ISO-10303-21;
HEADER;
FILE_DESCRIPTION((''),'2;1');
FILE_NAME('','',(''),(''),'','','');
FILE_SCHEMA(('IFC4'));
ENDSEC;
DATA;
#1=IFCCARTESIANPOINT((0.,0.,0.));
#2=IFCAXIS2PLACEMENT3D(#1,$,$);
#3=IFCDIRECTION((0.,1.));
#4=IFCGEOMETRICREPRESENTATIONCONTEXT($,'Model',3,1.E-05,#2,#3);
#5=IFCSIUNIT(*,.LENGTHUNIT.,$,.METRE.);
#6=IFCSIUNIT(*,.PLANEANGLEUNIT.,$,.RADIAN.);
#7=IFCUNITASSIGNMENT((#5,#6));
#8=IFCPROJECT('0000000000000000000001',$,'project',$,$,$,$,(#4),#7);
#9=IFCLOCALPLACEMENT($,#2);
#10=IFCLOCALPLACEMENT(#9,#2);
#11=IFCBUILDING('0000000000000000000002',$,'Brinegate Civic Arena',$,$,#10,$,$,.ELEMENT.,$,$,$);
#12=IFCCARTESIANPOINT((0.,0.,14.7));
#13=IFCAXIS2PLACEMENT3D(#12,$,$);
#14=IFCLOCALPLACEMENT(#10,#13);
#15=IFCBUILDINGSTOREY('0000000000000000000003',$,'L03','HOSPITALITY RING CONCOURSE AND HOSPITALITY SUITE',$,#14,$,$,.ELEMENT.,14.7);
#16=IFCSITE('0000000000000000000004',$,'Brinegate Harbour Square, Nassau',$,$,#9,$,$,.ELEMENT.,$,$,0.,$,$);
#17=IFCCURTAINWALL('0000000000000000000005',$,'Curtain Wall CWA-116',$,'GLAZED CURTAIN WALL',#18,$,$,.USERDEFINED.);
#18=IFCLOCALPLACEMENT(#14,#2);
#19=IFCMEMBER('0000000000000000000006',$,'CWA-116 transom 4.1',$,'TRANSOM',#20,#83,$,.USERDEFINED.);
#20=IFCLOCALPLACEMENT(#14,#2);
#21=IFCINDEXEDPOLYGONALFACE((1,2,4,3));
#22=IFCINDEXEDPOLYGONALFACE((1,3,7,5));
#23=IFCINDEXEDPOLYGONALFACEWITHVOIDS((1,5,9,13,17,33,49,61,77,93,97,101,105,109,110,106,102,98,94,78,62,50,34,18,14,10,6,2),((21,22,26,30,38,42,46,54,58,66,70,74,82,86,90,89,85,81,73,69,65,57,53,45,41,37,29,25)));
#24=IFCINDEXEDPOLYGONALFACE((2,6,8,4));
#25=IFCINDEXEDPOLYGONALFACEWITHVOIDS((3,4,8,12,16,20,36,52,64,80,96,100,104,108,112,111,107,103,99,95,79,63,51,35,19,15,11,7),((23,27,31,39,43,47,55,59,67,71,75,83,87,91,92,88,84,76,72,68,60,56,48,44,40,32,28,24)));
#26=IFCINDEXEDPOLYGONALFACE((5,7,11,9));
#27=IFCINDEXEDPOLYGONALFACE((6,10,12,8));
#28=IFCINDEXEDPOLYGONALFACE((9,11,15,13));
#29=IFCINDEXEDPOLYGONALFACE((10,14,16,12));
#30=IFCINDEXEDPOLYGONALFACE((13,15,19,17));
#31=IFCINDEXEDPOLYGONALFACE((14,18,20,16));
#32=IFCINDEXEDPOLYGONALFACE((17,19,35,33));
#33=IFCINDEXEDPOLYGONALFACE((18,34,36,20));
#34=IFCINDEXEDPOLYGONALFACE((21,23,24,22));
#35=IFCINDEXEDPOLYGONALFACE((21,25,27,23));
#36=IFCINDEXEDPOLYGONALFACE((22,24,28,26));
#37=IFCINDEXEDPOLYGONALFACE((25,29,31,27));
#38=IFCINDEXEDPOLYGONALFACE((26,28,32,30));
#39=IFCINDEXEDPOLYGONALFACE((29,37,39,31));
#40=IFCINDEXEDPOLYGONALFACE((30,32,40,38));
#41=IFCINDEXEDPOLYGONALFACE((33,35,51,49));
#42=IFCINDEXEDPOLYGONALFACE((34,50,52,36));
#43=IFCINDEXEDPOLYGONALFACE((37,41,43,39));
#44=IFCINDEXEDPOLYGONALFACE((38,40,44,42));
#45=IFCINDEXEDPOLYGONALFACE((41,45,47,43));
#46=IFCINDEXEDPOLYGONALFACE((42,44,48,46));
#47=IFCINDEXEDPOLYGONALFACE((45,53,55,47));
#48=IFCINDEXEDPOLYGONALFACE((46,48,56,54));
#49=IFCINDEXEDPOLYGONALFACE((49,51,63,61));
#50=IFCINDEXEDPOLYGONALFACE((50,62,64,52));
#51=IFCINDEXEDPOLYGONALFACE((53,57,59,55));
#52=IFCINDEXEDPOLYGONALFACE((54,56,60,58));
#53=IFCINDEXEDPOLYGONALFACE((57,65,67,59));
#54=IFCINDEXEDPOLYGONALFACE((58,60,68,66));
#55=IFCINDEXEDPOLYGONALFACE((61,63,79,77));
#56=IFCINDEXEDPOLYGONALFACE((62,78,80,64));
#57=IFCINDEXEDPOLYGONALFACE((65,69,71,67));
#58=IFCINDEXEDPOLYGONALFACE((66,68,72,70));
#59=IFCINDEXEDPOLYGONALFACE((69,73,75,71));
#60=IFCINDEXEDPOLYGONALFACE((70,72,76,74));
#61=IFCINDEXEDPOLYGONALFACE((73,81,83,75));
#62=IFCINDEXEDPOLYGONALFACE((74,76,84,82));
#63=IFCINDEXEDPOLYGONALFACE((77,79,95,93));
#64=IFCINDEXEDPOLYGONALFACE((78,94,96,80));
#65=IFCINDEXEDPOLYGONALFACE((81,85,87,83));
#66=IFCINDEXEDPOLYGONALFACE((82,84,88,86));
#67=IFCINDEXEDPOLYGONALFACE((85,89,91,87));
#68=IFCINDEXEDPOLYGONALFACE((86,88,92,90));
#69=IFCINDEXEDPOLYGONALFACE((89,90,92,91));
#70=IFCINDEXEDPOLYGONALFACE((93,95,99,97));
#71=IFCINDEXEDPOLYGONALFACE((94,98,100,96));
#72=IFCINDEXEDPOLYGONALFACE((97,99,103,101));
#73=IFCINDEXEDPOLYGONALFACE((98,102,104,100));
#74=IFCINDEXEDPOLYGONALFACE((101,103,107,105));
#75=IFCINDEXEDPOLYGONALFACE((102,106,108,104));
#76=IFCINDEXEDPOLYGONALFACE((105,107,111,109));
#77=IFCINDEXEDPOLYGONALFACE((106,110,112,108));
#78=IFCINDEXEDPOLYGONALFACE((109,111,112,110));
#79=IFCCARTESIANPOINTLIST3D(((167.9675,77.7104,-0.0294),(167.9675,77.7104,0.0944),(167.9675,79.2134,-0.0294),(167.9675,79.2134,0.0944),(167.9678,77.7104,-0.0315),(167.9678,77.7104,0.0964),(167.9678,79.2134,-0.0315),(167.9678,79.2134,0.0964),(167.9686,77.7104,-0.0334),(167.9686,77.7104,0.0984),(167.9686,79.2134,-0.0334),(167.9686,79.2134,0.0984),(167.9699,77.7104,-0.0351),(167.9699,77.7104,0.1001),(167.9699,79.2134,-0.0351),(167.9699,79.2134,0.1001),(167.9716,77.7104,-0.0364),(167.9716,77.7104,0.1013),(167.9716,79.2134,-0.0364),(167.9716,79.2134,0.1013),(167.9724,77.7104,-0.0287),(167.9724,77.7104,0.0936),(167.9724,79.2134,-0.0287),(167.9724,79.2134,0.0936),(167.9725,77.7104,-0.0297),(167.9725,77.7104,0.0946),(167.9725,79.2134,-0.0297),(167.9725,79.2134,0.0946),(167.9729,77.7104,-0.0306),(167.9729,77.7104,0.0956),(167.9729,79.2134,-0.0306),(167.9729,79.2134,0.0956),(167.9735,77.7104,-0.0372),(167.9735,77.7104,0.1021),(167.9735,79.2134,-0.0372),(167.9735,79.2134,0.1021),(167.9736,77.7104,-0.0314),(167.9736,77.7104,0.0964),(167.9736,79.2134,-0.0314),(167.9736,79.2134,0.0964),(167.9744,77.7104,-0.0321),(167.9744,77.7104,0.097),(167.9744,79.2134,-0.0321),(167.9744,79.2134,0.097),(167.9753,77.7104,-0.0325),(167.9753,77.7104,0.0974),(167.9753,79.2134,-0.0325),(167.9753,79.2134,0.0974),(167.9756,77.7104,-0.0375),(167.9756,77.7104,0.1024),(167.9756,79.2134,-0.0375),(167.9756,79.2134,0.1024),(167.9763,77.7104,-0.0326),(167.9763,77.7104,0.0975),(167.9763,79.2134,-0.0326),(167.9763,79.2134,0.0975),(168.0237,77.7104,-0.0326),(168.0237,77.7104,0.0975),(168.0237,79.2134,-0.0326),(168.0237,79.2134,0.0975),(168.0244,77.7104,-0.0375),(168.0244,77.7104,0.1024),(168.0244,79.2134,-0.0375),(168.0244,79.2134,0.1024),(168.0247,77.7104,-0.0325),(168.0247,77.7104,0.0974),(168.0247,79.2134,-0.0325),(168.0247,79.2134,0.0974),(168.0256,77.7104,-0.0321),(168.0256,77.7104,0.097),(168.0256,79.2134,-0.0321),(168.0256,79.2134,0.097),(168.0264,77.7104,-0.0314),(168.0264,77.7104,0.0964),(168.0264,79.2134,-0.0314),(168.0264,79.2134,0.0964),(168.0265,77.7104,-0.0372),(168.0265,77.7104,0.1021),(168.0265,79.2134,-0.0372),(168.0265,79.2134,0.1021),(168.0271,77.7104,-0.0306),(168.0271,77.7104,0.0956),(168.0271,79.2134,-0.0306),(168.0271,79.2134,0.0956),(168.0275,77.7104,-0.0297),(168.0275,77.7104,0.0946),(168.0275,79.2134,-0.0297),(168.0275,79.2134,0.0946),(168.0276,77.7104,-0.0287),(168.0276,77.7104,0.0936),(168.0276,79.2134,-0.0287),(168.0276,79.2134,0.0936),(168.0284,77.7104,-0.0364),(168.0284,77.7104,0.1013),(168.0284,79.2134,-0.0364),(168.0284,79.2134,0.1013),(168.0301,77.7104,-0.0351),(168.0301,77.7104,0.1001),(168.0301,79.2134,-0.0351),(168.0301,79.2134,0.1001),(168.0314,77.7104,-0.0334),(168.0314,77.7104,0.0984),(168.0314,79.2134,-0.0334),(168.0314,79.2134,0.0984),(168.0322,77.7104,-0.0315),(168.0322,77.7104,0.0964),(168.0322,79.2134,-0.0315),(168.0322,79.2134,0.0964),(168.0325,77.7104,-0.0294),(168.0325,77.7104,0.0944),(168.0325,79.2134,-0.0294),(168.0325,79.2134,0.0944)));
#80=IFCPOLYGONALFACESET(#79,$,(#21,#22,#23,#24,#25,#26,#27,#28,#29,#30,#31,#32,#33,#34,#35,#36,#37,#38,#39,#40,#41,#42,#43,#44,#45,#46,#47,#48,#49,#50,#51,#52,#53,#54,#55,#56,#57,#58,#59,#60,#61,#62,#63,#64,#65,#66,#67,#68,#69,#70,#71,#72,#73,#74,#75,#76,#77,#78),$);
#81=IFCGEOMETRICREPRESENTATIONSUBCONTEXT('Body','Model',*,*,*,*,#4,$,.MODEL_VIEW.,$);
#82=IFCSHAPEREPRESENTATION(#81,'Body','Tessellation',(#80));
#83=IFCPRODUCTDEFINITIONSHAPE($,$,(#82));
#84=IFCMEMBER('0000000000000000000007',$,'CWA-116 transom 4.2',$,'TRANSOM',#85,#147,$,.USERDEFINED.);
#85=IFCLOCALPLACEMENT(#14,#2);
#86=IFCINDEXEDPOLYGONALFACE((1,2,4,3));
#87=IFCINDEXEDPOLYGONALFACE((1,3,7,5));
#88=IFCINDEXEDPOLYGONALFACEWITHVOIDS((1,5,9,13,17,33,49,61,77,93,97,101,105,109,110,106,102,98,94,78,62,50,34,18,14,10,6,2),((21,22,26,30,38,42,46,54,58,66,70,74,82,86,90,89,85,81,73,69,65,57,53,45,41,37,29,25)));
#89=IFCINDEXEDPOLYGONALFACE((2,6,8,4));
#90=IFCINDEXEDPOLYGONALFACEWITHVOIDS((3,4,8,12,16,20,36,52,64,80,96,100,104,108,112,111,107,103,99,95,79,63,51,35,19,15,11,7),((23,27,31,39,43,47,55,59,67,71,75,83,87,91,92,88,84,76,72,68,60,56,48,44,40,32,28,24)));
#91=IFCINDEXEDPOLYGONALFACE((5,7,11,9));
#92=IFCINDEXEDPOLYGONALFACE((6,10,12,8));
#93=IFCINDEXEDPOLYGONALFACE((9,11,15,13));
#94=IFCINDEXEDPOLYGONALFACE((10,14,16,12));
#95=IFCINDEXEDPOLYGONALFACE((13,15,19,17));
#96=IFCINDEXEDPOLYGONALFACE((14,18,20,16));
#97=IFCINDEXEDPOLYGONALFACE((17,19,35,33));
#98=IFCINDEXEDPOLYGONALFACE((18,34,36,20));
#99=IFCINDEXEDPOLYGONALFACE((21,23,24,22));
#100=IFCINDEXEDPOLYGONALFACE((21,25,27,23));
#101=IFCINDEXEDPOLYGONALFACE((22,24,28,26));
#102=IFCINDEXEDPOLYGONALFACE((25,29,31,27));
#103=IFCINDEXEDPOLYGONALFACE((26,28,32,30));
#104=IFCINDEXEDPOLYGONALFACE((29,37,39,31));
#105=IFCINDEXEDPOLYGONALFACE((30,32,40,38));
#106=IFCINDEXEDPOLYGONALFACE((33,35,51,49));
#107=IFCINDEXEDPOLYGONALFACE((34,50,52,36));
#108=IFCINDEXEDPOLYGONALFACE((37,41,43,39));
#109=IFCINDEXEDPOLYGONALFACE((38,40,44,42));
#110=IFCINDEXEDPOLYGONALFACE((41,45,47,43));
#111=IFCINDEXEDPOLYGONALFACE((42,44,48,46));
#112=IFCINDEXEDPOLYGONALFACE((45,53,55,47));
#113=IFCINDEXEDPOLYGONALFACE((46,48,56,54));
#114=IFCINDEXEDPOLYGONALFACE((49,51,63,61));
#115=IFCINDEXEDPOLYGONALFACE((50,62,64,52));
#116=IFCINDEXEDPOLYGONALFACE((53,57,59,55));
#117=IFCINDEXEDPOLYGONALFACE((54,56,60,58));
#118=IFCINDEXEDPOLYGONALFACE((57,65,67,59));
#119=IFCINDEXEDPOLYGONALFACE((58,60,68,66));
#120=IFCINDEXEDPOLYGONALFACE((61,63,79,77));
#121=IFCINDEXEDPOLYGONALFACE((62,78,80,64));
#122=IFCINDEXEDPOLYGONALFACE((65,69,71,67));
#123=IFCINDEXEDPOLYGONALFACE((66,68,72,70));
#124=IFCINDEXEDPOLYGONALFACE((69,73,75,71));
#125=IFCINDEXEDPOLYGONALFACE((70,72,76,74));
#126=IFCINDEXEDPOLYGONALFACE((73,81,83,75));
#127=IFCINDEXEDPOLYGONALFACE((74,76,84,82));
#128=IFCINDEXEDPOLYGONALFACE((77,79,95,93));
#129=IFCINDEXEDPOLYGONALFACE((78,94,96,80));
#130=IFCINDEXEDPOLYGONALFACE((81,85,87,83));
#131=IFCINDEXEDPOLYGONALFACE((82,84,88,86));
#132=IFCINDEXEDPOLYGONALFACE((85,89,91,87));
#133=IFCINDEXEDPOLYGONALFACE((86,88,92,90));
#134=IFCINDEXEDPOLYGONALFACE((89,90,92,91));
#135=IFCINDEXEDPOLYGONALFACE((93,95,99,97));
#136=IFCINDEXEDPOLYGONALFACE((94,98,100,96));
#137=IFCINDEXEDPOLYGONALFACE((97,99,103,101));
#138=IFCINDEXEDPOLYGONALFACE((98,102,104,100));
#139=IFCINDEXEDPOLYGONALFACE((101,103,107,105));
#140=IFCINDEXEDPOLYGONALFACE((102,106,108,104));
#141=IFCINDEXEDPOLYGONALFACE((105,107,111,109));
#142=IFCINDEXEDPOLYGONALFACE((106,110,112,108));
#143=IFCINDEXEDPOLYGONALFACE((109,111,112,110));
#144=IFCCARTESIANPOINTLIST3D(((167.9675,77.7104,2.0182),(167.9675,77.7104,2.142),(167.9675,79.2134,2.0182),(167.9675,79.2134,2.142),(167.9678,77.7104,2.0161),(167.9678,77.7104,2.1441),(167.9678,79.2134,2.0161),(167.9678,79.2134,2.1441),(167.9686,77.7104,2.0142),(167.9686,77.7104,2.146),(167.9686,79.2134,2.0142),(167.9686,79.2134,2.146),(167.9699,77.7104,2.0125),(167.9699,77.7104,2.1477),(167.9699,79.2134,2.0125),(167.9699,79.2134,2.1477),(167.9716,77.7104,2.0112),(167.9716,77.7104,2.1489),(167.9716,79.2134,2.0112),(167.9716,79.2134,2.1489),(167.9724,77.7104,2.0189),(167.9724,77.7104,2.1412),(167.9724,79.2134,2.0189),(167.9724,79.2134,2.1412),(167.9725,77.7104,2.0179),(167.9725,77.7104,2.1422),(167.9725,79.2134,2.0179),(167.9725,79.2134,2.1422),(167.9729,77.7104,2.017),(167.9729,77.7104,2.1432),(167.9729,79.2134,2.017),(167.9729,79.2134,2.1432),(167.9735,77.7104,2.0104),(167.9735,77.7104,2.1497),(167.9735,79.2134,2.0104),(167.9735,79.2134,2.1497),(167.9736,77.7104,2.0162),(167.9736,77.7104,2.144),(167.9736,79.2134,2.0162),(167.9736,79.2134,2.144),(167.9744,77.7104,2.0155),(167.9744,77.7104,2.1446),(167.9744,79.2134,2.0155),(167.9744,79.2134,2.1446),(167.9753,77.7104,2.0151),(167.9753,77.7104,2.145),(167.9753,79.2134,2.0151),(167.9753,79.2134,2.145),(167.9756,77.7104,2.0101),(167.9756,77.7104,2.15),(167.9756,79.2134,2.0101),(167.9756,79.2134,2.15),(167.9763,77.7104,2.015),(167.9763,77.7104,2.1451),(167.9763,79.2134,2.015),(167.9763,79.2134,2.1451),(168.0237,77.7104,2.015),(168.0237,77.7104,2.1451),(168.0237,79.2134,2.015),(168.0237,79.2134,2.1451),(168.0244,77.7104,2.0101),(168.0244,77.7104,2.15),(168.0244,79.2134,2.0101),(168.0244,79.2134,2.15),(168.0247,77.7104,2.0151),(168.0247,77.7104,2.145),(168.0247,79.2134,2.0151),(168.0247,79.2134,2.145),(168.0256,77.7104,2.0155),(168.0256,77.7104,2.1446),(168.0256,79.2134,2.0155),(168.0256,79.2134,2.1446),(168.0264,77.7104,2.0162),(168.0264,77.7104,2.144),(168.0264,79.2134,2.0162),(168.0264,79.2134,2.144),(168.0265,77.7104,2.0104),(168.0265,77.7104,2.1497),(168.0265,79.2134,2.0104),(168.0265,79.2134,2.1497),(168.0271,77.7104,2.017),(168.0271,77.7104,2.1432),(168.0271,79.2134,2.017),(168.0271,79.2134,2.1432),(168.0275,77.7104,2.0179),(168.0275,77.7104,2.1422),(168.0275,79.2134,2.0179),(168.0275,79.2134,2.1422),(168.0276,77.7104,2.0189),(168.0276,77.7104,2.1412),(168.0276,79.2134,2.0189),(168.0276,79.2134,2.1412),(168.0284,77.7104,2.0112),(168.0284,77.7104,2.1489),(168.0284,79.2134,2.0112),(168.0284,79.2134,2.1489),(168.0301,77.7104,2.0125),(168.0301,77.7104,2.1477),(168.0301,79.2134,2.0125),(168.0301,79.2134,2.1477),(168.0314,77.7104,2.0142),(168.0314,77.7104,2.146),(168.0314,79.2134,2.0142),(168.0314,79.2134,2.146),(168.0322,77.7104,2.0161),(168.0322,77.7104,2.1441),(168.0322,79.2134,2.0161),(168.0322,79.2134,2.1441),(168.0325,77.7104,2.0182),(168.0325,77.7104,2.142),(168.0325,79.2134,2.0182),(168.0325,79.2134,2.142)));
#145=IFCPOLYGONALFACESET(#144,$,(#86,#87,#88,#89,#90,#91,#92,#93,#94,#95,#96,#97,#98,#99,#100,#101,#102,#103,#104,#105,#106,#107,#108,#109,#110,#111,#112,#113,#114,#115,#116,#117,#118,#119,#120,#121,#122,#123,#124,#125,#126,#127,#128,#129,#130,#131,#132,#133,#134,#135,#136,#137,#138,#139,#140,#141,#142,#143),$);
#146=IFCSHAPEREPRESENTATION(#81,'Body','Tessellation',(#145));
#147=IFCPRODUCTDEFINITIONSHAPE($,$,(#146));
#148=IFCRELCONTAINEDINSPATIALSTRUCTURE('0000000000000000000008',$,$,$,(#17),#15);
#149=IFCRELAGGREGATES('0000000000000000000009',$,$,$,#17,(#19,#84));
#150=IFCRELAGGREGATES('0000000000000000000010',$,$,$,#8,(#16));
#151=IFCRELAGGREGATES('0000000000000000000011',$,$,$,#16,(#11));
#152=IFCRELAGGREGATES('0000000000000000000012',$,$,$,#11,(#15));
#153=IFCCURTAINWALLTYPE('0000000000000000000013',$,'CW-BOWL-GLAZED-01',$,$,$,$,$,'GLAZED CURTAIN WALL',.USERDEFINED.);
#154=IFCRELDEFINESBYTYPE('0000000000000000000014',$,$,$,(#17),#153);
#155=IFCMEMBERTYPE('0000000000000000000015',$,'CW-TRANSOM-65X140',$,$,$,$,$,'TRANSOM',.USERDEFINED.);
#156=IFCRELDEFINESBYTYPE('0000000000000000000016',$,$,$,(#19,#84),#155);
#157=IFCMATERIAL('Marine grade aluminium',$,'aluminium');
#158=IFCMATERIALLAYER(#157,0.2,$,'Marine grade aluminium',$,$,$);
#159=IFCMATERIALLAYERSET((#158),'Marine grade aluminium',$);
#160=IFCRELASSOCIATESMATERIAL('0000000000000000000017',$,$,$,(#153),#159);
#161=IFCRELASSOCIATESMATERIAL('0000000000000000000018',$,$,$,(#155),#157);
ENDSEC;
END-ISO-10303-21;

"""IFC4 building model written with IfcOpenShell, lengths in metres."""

from ifc_helpers import new_model, si_unit, direction, frame, origin, origin_2d, place, context, subcontext, project, spatial, hollow_rectangle, extrude, material, layer, layer_set, material_profile, profile_set, type_object, element, aggregate, save


model = new_model("IFC4")

# Units and contexts
model_context = context("Model", 3, precision=1e-05, world=origin(), true_north=direction((0.0, 1.0)))
body_context = subcontext(model_context, "Body", "Model", "MODEL_VIEW")
ifc_project = project(units=[si_unit("LENGTHUNIT", "METRE"), si_unit("PLANEANGLEUNIT", "RADIAN")], contexts=[model_context])

# Site, building, storey
site_placement = place(None, origin())
site = spatial("IfcSite", under=ifc_project, at=site_placement, Name="Brinegate Harbour Square, Nassau", CompositionType="ELEMENT", RefElevation=0.0)
building_placement = place(site_placement, origin())
building = spatial("IfcBuilding", under=site, at=building_placement, Name="Brinegate Civic Arena", CompositionType="ELEMENT")
storey_placement = place(building_placement, frame((0.0, 0.0, 14.7)))
storey = spatial("IfcBuildingStorey", under=building, at=storey_placement, Name="L03", Description="HOSPITALITY RING CONCOURSE AND HOSPITALITY SUITE", CompositionType="ELEMENT", Elevation=14.7)

# Curtain wall, members
ifc_material_1 = material(Name="Marine grade aluminium", Category="aluminium")
ifc_layer_1 = layer(ifc_material_1, 0.2, Name="Marine grade aluminium")
ifc_layer_set_1 = layer_set([ifc_layer_1], Name="Marine grade aluminium")
curtain_wall_type = type_object("IfcCurtainWallType", Name="CW-BOWL-GLAZED-01", ElementType="GLAZED CURTAIN WALL", PredefinedType="USERDEFINED", material=ifc_layer_set_1)
curtain_wall_placement = place(storey_placement, origin())
curtain_wall = element("IfcCurtainWall", 1, at=curtain_wall_placement, inside=storey, type_object=curtain_wall_type, Name="Curtain Wall CWA-116", ObjectType="GLAZED CURTAIN WALL", PredefinedType="USERDEFINED")
ifc_material_profile_1 = material_profile(ifc_material_1, hollow_rectangle(XDim=0.0649, YDim=0.1399, WallThickness=0.0049, InnerFilletRadius=0.0039, OuterFilletRadius=0.0081, at=origin_2d()), Name="TRN65X140")
ifc_profile_set_1 = profile_set([ifc_material_profile_1], Name="Marine grade aluminium")
member_type_1 = type_object("IfcMemberType", Name="CW-TRANSOM-65X140", ElementType="TRANSOM", PredefinedType="USERDEFINED", material=ifc_profile_set_1)
member_1_placement = place(storey_placement, frame((168.0, 77.7104, 0.0325), z_axis=(0.0, 1.0, 0.0), x_axis=(-1.0, 0.0, 0.0)))
member_1 = element("IfcMember", 2, at=member_1_placement, type_object=member_type_1, Name="CWA-116 transom 4.1", ObjectType="TRANSOM", PredefinedType="USERDEFINED", context=body_context, shape_type="SweptSolid", body=[
    extrude(hollow_rectangle(XDim=0.0649, YDim=0.1399, WallThickness=0.0049, InnerFilletRadius=0.0039, OuterFilletRadius=0.0081, at=origin_2d()), origin(), (0.0, 0.0, 1.0), 1.5029),
])
member_2_placement = place(storey_placement, frame((168.0, 77.7104, 2.0801), z_axis=(0.0, 1.0, 0.0), x_axis=(-1.0, 0.0, 0.0)))
member_2 = element("IfcMember", 3, at=member_2_placement, type_object=member_type_1, Name="CWA-116 transom 4.2", ObjectType="TRANSOM", PredefinedType="USERDEFINED", context=body_context, shape_type="SweptSolid", body=[
    extrude(hollow_rectangle(XDim=0.0649, YDim=0.1399, WallThickness=0.0049, InnerFilletRadius=0.0039, OuterFilletRadius=0.0081, at=origin_2d()), origin(), (0.0, 0.0, 1.0), 1.5029),
])
aggregate(curtain_wall, [member_1, member_2])

save(model, "model.ifc")
